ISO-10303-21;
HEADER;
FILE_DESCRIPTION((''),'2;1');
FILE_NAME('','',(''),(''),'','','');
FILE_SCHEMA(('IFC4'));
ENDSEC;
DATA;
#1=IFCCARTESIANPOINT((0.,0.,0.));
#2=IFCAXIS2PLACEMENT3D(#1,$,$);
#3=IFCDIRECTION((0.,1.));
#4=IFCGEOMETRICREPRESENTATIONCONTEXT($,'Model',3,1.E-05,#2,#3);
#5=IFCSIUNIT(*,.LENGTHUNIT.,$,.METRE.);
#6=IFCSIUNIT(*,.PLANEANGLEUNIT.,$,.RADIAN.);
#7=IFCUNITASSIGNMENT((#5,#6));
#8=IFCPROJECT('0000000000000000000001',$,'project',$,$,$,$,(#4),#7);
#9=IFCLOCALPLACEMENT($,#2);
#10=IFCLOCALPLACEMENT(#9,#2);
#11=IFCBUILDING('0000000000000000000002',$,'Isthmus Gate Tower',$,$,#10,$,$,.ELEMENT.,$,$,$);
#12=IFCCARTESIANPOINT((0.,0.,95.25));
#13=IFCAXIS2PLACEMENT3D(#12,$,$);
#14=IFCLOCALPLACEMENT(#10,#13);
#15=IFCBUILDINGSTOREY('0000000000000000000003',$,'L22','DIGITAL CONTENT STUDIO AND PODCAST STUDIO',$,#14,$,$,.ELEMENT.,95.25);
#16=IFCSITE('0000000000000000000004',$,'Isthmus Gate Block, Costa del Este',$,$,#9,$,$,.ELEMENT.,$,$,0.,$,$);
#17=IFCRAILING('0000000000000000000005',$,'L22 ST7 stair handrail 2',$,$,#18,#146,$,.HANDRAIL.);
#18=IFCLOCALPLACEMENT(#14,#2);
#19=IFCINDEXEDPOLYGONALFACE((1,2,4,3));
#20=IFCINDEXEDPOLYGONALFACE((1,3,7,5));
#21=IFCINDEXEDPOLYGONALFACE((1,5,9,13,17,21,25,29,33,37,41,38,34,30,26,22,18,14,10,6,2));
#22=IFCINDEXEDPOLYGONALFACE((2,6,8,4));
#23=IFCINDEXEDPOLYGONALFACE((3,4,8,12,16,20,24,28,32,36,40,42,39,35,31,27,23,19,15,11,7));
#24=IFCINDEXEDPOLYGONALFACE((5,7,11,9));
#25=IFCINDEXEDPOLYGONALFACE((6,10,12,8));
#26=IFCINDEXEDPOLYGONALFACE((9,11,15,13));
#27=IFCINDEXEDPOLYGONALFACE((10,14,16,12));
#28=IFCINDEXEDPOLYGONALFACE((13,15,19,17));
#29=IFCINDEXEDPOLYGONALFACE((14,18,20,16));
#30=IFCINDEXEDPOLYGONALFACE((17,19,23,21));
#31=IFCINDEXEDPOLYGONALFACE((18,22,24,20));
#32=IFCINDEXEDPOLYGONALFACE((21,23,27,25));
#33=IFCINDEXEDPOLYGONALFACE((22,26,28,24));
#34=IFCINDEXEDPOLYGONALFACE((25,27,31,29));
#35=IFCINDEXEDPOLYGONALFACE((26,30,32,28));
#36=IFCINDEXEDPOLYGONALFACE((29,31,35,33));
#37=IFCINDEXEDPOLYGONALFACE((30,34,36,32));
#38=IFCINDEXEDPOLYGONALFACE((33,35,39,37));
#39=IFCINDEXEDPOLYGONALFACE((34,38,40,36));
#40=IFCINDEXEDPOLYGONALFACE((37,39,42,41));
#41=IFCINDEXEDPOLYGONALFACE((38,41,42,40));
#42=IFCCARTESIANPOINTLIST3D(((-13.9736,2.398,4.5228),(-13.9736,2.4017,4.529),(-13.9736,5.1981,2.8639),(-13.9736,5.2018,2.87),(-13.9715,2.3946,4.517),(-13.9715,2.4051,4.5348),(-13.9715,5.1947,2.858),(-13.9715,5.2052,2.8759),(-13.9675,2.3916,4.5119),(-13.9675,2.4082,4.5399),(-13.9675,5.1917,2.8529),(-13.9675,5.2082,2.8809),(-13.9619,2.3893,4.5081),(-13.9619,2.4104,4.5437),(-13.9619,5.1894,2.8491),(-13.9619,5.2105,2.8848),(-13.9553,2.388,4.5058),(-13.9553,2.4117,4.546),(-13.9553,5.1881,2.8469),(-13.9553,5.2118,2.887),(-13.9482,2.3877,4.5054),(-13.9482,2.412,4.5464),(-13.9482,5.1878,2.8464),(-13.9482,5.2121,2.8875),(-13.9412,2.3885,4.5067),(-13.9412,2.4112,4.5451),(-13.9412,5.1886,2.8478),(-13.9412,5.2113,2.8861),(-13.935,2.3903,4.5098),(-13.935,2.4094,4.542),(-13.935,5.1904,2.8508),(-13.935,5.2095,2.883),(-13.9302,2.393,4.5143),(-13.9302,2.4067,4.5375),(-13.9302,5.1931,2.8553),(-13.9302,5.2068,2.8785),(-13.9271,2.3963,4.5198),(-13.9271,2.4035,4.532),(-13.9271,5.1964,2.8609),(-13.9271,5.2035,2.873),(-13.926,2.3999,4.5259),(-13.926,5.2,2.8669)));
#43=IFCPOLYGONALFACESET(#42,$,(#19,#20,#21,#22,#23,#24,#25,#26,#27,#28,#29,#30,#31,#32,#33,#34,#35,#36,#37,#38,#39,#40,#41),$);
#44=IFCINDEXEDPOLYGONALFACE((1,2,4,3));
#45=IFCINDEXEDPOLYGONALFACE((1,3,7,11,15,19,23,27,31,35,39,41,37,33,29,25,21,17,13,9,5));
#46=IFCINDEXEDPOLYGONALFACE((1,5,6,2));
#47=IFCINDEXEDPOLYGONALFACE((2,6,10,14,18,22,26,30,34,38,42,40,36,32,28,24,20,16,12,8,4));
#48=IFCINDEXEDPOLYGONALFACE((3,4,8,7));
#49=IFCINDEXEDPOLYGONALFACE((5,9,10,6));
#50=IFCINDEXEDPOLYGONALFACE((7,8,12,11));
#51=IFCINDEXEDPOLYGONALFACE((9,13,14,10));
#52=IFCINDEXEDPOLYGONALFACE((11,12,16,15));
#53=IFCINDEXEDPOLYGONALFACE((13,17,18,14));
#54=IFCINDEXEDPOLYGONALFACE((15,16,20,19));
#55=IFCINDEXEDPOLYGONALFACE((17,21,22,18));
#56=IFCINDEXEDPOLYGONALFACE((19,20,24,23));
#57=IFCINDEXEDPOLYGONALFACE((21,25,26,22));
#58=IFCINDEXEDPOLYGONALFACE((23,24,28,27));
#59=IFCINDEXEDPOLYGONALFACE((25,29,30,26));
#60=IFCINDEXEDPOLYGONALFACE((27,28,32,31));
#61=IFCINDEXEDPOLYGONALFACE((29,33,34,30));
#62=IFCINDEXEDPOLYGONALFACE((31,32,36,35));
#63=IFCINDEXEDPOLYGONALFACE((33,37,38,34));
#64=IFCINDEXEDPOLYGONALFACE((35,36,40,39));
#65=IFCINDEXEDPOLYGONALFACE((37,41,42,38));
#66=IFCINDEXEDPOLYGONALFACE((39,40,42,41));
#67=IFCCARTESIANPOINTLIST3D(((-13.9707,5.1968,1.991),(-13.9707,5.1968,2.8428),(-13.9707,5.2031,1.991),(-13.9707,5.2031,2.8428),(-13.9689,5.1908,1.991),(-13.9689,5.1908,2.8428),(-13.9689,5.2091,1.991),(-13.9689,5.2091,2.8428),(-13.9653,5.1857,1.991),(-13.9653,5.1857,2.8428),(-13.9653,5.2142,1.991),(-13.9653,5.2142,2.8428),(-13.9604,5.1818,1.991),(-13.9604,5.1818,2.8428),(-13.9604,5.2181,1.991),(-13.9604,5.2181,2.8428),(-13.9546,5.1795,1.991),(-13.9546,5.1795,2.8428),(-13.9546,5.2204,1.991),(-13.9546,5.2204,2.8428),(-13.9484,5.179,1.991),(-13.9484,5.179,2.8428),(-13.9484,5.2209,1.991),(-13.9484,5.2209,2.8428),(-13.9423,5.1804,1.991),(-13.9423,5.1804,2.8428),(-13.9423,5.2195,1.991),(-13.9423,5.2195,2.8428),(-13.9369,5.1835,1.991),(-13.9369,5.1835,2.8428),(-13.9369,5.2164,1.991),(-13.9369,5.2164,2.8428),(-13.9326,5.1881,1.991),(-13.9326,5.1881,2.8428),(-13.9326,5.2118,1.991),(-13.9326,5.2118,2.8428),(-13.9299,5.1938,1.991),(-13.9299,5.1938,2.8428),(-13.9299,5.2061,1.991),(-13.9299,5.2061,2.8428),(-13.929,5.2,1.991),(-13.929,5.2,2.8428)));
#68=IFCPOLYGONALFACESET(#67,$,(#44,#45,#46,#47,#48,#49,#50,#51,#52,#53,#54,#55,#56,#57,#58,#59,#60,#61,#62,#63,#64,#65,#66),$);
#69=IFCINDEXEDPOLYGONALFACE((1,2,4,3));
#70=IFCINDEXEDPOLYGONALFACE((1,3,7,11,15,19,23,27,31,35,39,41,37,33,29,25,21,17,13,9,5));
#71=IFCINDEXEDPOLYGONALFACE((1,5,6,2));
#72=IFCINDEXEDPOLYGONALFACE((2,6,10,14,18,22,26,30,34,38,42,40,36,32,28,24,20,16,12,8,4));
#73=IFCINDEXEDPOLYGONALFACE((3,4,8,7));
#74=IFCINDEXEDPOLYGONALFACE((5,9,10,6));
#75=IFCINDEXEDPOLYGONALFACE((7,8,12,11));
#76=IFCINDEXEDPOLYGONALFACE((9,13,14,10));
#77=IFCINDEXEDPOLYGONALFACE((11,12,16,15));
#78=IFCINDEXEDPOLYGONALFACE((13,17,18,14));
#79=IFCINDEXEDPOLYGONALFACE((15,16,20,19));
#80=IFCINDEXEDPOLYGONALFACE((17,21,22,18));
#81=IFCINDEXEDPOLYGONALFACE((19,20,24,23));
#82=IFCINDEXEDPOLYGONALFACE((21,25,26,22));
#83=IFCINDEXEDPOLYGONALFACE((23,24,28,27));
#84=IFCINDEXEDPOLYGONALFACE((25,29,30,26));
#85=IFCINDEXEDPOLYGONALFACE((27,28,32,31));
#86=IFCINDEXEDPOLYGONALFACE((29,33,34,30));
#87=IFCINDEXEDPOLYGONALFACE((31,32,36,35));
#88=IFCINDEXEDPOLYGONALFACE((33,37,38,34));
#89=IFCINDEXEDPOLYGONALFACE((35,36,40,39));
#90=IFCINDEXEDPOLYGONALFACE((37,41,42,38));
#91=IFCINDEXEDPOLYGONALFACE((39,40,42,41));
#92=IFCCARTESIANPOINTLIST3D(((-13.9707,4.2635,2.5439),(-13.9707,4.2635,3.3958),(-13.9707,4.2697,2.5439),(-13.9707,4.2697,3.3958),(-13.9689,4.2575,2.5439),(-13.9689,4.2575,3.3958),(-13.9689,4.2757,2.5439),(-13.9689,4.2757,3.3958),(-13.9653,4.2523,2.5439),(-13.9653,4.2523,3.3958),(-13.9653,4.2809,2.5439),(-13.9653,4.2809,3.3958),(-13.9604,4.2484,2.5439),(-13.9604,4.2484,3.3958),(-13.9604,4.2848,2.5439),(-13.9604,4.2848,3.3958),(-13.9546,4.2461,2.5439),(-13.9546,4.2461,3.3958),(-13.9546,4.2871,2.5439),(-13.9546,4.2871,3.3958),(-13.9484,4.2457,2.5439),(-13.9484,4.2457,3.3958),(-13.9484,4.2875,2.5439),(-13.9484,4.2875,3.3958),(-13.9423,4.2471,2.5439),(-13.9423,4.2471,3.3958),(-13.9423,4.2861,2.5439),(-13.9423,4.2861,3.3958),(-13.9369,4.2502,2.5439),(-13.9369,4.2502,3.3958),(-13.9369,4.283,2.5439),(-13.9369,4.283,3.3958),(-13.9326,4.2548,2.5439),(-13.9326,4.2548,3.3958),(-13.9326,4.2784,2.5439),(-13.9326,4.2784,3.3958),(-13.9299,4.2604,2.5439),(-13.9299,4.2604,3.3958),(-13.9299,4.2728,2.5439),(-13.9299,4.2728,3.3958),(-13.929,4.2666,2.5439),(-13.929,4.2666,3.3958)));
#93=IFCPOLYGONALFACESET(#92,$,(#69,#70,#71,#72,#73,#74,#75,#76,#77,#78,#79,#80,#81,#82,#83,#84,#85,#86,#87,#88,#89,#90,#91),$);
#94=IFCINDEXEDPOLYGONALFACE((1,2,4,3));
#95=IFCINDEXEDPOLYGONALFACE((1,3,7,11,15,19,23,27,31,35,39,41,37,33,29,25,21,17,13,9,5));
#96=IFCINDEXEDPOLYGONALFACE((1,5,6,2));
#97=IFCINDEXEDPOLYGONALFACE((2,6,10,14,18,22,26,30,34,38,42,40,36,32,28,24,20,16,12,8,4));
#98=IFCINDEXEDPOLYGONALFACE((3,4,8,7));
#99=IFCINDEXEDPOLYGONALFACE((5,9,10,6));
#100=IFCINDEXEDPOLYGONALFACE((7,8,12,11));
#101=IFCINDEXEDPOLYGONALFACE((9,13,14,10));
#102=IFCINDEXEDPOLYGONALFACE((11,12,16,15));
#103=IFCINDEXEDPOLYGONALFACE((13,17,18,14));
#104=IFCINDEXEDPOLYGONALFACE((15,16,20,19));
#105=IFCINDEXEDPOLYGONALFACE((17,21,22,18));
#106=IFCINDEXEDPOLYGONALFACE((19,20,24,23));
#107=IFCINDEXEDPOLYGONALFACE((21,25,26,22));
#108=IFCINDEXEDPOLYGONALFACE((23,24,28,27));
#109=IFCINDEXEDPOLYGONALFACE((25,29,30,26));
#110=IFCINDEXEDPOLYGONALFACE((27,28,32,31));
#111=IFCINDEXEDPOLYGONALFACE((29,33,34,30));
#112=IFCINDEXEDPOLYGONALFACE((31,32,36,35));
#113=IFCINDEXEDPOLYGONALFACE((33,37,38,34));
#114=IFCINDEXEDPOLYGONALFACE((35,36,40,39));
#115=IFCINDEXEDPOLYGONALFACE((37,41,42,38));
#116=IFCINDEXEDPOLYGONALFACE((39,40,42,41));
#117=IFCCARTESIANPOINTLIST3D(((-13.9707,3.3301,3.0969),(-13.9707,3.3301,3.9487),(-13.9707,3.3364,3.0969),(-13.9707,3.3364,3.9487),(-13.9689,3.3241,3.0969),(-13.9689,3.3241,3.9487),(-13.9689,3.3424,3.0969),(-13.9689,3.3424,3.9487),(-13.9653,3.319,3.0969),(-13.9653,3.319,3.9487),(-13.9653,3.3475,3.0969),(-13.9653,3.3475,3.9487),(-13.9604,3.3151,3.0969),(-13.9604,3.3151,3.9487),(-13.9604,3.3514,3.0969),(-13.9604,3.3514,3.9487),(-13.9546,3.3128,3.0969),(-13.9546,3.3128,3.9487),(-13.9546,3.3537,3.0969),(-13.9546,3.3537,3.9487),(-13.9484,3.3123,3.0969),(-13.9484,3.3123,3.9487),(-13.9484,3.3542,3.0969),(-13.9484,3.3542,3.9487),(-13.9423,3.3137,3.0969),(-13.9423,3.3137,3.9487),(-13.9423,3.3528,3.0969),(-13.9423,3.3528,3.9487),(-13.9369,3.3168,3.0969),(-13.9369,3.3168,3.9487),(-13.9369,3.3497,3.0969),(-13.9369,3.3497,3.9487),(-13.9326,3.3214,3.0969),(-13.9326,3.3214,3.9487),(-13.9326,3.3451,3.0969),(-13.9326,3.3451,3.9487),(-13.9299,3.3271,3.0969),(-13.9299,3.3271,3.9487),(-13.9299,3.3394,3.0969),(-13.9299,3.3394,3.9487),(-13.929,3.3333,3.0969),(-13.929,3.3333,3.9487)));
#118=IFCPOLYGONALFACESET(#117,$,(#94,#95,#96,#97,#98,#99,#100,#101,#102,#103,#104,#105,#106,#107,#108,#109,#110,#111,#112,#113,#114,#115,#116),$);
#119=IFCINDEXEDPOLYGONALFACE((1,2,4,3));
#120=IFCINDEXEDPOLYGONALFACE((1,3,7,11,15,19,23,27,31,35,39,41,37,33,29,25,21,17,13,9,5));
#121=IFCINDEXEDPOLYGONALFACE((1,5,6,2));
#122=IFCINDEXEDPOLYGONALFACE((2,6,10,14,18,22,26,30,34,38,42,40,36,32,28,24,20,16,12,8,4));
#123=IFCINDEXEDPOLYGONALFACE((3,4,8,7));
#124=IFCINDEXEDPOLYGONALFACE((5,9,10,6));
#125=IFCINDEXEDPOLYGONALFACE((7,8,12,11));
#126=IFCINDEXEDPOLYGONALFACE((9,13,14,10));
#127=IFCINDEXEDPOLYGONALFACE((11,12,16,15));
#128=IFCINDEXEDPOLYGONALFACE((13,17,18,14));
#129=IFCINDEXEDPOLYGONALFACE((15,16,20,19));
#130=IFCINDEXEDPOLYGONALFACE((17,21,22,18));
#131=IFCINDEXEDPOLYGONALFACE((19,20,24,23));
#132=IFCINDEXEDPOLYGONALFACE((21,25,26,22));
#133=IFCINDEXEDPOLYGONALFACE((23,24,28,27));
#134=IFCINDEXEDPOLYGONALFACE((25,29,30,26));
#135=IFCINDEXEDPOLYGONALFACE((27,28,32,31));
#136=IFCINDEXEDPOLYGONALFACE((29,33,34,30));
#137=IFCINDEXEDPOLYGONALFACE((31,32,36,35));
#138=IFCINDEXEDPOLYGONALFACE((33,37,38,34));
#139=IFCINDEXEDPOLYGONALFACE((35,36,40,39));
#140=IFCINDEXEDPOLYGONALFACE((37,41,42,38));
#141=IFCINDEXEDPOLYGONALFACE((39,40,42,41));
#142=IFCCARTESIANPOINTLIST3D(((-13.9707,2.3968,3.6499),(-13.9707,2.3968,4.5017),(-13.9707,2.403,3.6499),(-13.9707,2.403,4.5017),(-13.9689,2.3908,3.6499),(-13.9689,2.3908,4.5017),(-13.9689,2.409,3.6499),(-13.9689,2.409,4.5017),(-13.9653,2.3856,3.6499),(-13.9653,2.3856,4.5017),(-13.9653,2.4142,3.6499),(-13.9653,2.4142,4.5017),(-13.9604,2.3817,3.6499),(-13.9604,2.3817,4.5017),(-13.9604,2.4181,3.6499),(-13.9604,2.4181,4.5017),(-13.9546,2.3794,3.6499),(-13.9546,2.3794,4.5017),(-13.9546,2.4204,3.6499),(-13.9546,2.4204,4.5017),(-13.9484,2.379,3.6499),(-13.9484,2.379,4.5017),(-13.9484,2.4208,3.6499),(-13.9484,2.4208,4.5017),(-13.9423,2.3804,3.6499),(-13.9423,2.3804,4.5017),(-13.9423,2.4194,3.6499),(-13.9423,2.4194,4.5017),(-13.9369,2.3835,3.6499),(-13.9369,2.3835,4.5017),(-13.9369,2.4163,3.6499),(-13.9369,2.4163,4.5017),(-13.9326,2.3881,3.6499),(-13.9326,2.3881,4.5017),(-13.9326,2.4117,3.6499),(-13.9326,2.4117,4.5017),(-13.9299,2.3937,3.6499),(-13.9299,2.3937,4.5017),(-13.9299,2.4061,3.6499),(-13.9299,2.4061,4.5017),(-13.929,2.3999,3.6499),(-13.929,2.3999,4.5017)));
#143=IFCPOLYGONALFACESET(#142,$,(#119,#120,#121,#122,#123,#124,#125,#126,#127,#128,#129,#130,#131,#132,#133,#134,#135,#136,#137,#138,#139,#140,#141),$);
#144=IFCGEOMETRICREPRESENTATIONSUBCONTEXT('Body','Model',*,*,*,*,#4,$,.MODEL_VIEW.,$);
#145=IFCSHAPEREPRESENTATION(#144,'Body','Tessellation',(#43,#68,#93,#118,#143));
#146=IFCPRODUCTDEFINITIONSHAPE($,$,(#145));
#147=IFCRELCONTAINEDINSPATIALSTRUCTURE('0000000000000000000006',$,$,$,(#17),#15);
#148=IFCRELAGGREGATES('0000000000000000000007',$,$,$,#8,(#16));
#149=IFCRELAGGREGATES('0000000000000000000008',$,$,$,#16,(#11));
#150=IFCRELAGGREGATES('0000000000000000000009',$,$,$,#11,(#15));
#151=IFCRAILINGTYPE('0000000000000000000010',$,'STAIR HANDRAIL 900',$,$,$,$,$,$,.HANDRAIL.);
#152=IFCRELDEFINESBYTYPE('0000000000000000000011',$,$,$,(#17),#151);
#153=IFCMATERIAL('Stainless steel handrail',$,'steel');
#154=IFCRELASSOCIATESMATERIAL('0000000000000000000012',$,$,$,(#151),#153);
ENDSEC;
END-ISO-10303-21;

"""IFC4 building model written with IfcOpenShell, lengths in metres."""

from ifc_helpers import new_model, si_unit, direction, frame, origin, origin_2d, place, context, subcontext, project, spatial, circle, extrude, material, type_object, element, save


model = new_model("IFC4")

# Units and contexts
model_context = context("Model", 3, precision=1e-05, world=origin(), true_north=direction((0.0, 1.0)))
body_context = subcontext(model_context, "Body", "Model", "MODEL_VIEW")
ifc_project = project(units=[si_unit("LENGTHUNIT", "METRE"), si_unit("PLANEANGLEUNIT", "RADIAN")], contexts=[model_context])

# Site, building, storey
site_placement = place(None, origin())
site = spatial("IfcSite", under=ifc_project, at=site_placement, Name="Isthmus Gate Block, Costa del Este", CompositionType="ELEMENT", RefElevation=0.0)
building_placement = place(site_placement, origin())
building = spatial("IfcBuilding", under=site, at=building_placement, Name="Isthmus Gate Tower", CompositionType="ELEMENT")
storey_placement = place(building_placement, frame((0.0, 0.0, 95.25)))
storey = spatial("IfcBuildingStorey", under=building, at=storey_placement, Name="L22", Description="DIGITAL CONTENT STUDIO AND PODCAST STUDIO", CompositionType="ELEMENT", Elevation=95.25)

# Railing
ifc_material_1 = material(Name="Stainless steel handrail", Category="steel")
railing_type_1 = type_object("IfcRailingType", Name="STAIR HANDRAIL 900", PredefinedType="HANDRAIL", material=ifc_material_1)
railing_1_placement = place(storey_placement, frame((-13.95, 5.2, 1.991)))
element("IfcRailing", 1, at=railing_1_placement, inside=storey, type_object=railing_type_1, Name="L22 ST7 stair handrail 2", PredefinedType="HANDRAIL", context=body_context, shape_type="SweptSolid", body=[
    extrude(circle(Radius=0.0239, at=origin_2d()), frame((0.0, 0.0, 0.876), z_axis=(0.0, -0.860339, 0.509722), x_axis=(1.0, 0.0, 0.0)), (0.0, 0.0, 1.0), 3.2546),
    extrude(circle(Radius=0.021, at=origin_2d()), origin(), (0.0, 0.0, 1.0), 0.8518),
    extrude(circle(Radius=0.021, at=origin_2d()), frame((0.0, -0.9333, 0.553)), (0.0, 0.0, 1.0), 0.8518),
    extrude(circle(Radius=0.021, at=origin_2d()), frame((0.0, -1.8667, 1.106)), (0.0, 0.0, 1.0), 0.8518),
    extrude(circle(Radius=0.021, at=origin_2d()), frame((0.0, -2.8, 1.6589)), (0.0, 0.0, 1.0), 0.8518),
])

save(model, "model.ifc")
